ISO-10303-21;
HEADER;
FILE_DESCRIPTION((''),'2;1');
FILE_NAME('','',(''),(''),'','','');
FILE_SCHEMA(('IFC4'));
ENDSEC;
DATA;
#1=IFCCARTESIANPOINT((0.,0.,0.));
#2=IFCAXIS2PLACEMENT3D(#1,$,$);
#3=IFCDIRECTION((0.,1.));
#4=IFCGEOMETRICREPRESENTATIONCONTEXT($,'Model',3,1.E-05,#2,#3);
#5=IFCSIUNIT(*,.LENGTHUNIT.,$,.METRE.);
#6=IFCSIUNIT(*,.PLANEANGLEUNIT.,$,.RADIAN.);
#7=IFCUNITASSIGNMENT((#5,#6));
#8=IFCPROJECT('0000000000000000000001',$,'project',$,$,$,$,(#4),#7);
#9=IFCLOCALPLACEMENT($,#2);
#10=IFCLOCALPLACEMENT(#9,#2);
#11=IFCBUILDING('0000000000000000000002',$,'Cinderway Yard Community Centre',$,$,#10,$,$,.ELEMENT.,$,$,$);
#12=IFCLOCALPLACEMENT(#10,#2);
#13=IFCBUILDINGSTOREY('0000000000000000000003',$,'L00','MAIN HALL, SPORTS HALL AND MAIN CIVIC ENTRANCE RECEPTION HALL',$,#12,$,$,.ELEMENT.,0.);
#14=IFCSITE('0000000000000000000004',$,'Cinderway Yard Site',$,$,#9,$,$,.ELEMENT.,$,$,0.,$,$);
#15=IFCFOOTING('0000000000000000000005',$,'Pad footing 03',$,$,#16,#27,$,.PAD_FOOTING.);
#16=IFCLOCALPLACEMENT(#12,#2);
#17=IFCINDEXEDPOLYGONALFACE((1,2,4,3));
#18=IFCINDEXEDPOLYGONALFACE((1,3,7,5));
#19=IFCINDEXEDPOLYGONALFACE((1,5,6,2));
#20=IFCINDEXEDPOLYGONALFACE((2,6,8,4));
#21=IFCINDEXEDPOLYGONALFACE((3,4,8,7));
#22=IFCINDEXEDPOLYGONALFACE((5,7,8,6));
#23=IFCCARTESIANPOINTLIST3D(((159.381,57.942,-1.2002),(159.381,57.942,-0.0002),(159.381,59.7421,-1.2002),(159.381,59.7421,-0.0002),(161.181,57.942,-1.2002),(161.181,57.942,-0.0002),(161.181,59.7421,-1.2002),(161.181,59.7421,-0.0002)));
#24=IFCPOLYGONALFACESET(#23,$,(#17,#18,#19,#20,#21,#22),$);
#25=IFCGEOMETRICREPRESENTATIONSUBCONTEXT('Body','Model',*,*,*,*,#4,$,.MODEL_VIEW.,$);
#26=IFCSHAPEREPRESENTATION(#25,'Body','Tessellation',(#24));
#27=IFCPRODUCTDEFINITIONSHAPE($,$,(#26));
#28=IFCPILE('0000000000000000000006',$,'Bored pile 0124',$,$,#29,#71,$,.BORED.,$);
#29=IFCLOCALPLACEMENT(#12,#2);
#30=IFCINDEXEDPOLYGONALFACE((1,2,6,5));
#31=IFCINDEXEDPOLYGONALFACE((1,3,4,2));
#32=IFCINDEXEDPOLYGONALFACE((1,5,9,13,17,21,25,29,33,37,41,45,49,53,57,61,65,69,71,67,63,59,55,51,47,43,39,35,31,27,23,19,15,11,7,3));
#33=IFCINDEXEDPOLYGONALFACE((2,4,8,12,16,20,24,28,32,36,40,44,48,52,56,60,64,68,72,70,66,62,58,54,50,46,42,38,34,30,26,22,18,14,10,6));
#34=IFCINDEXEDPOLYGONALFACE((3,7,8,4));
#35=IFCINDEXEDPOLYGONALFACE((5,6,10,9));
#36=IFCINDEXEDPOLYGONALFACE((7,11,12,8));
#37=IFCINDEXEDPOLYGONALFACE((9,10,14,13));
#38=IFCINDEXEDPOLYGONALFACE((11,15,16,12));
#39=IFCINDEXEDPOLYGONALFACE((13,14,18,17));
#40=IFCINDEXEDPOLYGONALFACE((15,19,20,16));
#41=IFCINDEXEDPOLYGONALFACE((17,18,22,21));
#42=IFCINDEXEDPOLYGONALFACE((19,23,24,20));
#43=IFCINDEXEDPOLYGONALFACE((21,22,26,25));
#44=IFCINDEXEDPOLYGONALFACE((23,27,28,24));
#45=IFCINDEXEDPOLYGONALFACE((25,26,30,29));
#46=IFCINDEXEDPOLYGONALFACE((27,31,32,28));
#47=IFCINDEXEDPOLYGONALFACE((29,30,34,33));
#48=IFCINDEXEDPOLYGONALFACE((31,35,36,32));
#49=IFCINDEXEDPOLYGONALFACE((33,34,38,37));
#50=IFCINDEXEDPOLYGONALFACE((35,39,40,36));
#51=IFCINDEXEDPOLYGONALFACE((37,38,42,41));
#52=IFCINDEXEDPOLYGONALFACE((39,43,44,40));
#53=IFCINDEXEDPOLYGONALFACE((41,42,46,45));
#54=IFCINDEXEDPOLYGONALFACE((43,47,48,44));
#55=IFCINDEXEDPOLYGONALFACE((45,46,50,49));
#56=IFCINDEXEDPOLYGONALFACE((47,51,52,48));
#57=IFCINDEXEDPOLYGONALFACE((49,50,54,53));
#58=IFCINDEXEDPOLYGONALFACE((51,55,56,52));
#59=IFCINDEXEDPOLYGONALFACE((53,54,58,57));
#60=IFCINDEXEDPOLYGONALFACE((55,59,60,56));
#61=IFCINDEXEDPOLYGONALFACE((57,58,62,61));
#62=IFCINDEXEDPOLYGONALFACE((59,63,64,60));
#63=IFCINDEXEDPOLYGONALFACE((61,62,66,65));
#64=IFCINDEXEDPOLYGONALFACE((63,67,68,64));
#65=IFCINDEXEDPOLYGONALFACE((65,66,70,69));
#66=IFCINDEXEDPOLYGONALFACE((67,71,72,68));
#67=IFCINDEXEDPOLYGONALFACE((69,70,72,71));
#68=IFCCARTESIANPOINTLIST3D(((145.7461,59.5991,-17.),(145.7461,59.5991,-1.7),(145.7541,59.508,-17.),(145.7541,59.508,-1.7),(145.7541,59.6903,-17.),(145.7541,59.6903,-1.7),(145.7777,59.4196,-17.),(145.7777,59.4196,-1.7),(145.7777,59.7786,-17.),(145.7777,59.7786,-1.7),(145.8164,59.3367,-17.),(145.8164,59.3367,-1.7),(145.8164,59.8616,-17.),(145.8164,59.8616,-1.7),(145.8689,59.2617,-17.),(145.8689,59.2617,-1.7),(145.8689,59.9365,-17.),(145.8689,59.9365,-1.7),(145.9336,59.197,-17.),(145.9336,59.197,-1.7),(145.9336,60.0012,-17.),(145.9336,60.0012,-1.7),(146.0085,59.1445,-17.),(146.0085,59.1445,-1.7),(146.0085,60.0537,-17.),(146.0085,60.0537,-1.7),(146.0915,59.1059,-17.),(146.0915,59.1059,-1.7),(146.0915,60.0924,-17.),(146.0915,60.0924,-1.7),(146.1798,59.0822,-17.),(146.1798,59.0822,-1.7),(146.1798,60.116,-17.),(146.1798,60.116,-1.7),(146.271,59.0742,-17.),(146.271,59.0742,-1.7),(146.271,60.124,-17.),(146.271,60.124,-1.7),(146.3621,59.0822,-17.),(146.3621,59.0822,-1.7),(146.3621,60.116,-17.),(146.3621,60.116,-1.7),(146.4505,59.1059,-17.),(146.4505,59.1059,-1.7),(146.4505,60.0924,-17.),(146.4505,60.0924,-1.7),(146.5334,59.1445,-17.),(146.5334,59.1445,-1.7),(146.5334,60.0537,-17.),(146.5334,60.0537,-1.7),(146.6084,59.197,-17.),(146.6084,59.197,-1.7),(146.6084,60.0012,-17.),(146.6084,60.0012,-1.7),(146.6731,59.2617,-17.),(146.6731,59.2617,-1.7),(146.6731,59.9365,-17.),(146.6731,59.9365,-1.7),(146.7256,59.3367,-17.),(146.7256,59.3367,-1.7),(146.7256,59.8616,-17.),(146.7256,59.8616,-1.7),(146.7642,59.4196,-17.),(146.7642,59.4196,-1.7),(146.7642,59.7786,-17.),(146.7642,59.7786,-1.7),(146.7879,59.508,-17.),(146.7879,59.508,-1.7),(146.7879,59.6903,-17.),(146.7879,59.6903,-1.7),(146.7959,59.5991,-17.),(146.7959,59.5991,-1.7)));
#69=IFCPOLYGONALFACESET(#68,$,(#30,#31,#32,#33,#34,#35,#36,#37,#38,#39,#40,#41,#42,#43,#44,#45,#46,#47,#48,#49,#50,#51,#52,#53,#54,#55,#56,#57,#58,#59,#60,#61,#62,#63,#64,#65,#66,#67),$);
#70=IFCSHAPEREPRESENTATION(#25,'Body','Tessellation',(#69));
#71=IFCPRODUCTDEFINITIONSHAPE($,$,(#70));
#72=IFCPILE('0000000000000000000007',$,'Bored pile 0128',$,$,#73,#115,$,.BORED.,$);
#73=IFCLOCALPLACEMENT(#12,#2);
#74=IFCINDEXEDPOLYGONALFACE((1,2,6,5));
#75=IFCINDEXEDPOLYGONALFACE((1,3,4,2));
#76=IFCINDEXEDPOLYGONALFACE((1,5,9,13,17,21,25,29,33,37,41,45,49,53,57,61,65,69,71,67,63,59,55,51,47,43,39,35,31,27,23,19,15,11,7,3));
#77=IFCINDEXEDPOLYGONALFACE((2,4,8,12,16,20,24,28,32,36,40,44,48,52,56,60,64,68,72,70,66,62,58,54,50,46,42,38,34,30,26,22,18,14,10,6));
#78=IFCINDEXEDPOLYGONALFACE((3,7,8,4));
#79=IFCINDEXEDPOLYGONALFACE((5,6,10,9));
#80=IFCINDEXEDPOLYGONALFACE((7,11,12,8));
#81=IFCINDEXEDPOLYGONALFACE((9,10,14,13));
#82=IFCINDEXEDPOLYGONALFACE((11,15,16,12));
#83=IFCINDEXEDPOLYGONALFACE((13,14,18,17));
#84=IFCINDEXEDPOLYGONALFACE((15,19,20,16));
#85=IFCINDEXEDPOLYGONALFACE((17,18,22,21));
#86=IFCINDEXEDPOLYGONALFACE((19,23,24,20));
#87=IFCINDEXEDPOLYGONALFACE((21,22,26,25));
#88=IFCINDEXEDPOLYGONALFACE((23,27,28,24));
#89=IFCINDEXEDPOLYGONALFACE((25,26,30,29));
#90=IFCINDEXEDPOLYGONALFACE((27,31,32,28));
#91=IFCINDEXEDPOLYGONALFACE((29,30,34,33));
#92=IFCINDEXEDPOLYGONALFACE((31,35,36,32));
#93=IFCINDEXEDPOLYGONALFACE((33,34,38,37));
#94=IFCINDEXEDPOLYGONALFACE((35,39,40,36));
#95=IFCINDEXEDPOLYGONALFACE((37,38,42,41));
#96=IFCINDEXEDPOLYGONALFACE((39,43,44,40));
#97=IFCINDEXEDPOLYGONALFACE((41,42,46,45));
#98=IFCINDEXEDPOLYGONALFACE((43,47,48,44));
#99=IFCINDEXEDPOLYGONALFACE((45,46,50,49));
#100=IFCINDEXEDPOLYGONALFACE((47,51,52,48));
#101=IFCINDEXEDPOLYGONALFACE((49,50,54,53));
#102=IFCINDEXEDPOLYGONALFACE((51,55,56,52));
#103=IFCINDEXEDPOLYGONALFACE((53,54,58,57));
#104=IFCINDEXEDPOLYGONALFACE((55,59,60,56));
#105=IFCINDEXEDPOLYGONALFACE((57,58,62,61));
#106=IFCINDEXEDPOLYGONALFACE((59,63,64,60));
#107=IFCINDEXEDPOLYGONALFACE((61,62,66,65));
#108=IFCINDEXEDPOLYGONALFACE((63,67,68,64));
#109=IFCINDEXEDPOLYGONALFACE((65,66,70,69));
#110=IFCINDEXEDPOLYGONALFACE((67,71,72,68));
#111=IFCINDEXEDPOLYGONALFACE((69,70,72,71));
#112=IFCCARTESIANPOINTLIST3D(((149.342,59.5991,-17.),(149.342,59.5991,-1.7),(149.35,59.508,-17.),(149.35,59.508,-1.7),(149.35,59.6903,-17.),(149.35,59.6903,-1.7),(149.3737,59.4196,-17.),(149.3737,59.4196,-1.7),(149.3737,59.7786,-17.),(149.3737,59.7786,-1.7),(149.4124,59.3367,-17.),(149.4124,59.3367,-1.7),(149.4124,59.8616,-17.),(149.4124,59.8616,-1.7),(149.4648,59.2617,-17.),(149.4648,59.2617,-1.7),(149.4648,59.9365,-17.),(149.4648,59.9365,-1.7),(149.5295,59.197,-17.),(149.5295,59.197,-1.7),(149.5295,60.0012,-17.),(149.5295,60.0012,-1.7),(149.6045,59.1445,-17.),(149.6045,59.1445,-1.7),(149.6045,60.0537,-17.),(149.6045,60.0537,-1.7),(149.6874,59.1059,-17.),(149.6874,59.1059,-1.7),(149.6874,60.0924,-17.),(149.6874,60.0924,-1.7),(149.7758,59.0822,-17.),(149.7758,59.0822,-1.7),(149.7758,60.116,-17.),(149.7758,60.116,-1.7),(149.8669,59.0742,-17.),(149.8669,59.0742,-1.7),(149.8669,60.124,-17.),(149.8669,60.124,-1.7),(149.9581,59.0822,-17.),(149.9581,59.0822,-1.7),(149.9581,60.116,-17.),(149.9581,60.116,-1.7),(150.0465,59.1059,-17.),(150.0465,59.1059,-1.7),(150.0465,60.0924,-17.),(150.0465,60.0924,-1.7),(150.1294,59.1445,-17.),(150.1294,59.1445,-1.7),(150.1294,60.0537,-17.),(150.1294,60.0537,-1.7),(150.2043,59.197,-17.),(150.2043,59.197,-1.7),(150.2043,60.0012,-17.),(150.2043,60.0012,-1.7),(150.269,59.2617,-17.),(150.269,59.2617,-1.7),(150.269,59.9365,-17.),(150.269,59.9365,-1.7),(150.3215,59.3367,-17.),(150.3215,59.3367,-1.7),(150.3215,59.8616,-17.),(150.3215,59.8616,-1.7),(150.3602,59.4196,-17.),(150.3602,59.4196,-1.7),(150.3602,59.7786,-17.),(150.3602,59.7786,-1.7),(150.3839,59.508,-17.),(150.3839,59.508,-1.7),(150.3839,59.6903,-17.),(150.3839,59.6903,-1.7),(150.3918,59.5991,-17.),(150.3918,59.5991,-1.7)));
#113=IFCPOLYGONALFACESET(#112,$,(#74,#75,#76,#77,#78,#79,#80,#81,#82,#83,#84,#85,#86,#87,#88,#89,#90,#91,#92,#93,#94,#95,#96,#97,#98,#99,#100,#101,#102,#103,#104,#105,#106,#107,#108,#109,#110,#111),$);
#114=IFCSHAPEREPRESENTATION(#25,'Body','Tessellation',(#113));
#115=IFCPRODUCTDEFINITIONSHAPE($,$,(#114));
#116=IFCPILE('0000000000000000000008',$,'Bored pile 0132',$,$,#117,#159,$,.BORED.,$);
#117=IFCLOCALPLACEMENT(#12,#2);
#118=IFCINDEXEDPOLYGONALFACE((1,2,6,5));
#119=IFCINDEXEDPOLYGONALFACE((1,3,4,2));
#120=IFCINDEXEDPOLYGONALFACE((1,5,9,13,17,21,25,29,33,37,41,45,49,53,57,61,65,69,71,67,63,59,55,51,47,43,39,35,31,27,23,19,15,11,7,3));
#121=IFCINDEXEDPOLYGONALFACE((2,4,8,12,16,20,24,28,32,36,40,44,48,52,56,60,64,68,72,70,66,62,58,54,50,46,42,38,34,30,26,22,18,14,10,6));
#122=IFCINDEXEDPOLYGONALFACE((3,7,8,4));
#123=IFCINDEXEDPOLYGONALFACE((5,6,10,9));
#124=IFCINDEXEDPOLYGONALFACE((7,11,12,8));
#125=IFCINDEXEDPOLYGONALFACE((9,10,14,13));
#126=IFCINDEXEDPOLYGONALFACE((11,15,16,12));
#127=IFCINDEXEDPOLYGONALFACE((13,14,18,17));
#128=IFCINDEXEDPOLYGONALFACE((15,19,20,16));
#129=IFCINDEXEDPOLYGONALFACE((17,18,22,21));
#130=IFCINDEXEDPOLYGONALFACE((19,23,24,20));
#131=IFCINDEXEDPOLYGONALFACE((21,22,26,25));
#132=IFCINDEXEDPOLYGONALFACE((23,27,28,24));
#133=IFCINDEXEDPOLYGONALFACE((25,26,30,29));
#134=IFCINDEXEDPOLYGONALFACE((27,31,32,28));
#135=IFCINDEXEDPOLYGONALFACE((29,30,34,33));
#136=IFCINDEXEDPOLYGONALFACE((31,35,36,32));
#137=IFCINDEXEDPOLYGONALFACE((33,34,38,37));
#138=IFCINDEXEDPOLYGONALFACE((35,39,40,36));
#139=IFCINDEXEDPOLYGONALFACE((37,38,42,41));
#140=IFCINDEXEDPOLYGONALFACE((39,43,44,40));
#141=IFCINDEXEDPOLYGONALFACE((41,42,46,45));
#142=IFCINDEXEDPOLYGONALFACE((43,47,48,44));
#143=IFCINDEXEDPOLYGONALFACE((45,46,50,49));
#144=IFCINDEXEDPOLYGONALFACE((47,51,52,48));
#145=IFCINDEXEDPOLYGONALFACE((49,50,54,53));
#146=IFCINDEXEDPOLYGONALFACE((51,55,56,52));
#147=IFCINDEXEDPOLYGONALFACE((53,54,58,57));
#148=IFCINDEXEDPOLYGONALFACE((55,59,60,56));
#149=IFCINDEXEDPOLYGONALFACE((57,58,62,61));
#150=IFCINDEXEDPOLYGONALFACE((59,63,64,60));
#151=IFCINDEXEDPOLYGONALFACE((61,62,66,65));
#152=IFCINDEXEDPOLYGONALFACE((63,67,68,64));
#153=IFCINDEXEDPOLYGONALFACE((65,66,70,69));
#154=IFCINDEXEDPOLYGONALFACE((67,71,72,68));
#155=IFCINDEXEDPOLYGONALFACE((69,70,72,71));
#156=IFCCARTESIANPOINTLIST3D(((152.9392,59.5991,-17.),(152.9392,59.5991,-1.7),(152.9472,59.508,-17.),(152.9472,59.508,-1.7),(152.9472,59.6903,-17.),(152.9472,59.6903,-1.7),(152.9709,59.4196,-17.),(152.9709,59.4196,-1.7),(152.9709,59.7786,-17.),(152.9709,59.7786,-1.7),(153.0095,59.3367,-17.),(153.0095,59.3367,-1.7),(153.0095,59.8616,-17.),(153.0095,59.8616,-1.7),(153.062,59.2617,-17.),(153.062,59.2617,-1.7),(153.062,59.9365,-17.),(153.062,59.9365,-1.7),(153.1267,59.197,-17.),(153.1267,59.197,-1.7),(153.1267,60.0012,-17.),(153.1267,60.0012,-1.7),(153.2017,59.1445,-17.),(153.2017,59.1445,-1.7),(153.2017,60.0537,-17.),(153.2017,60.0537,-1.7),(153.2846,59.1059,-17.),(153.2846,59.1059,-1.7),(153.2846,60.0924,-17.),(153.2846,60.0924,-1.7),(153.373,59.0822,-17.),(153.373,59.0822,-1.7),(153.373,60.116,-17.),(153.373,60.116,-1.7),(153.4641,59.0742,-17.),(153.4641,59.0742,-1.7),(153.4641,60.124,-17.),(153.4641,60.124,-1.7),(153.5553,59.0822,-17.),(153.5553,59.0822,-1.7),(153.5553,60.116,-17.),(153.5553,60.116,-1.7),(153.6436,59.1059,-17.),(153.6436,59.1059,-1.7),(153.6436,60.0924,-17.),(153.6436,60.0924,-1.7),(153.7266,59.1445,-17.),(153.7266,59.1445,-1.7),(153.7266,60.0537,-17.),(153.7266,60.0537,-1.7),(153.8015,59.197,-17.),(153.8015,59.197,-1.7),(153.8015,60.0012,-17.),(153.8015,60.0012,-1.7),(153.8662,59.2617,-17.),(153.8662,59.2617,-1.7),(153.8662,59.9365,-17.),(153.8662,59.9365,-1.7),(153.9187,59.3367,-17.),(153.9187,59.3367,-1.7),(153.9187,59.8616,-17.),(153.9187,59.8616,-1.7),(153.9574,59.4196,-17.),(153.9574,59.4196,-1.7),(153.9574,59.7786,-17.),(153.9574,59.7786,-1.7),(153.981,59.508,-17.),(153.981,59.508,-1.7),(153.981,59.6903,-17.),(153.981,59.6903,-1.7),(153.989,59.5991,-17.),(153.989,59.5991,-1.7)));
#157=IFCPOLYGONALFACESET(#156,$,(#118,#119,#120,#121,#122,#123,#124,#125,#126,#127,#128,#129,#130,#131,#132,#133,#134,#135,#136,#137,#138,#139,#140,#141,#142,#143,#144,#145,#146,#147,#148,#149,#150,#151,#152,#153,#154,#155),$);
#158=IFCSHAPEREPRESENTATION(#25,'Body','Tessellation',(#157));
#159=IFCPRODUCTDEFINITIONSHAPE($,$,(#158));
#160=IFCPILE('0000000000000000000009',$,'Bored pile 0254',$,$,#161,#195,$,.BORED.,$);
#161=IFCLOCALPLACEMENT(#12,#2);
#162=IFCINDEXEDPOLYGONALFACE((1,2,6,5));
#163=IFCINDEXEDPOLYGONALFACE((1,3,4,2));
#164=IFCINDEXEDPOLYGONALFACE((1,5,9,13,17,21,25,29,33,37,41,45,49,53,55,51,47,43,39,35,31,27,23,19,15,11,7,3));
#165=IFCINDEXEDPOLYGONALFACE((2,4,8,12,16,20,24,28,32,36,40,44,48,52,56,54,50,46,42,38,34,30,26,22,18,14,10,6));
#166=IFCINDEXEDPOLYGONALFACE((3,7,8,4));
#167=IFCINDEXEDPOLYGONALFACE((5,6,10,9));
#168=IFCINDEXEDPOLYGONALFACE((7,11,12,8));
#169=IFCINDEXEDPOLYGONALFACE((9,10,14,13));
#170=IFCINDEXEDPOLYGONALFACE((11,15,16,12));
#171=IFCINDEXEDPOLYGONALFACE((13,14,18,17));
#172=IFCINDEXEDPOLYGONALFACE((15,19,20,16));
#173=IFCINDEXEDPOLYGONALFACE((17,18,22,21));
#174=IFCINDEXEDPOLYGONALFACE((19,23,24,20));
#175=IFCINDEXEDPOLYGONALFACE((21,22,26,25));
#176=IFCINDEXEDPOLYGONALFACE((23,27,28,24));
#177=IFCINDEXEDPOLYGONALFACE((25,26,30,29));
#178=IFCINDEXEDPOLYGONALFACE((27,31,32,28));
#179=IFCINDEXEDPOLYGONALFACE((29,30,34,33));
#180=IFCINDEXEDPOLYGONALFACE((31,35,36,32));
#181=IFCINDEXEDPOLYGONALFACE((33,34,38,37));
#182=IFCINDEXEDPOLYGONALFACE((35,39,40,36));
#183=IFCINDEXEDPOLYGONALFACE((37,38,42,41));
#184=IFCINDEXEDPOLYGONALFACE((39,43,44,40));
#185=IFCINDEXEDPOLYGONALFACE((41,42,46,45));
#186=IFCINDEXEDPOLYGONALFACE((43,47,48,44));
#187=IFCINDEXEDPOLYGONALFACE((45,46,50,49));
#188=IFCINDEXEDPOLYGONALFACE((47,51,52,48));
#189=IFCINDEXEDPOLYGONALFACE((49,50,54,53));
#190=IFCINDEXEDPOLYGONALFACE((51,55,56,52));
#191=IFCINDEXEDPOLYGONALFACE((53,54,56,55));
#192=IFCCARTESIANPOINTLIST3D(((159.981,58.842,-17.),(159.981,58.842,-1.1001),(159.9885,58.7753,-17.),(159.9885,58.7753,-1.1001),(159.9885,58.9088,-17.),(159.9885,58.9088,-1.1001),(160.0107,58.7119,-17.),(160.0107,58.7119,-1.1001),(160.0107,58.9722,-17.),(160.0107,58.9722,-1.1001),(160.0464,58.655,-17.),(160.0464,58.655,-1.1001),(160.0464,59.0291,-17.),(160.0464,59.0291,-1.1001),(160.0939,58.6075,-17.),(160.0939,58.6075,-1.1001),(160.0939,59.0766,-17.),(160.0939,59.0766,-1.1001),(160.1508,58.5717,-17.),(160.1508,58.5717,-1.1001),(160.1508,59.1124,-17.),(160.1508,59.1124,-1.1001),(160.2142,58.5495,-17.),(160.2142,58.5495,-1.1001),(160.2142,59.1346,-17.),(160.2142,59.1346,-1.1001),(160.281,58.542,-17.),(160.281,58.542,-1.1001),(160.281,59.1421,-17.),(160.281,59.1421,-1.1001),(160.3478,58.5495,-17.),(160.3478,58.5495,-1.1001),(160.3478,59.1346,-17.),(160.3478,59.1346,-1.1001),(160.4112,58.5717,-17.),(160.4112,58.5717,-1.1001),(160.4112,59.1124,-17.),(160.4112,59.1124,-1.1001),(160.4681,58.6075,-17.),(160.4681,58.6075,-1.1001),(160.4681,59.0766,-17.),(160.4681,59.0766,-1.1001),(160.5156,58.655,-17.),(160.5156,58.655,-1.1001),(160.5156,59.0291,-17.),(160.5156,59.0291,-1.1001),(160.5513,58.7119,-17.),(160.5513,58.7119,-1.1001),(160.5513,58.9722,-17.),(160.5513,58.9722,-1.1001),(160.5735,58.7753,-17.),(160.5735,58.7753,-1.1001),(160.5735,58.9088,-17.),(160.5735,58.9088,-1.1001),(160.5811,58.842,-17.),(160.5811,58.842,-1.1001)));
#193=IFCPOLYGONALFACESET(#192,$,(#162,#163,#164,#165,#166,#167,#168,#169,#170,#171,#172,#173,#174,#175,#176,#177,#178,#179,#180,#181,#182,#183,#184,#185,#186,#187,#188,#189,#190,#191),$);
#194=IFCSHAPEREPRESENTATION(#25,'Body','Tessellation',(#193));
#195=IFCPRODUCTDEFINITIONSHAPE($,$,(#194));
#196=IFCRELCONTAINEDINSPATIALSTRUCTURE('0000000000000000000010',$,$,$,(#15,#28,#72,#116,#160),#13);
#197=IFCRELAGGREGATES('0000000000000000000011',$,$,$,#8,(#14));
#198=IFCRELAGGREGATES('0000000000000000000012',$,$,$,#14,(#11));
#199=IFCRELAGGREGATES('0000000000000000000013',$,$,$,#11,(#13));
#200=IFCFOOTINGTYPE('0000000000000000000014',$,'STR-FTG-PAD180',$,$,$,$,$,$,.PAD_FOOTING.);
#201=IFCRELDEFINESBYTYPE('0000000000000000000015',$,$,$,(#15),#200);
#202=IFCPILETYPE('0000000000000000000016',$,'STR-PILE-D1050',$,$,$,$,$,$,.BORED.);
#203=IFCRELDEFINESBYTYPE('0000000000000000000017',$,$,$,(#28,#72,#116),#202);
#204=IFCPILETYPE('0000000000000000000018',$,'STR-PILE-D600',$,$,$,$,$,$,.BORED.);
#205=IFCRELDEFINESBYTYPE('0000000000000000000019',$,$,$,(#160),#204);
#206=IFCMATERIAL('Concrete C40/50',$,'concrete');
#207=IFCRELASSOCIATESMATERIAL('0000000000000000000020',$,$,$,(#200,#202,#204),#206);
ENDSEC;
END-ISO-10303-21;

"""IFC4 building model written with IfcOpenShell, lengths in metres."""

from ifc_helpers import new_model, si_unit, direction, frame, origin, origin_2d, place, context, subcontext, project, spatial, rectangle, circle, extrude, material, material_profile, profile_set, type_object, element, save


model = new_model("IFC4")

# Units and contexts
model_context = context("Model", 3, precision=1e-05, world=origin(), true_north=direction((0.0, 1.0)))
body_context = subcontext(model_context, "Body", "Model", "MODEL_VIEW")
ifc_project = project(units=[si_unit("LENGTHUNIT", "METRE"), si_unit("PLANEANGLEUNIT", "RADIAN")], contexts=[model_context])

# Site, building, storey
site_placement = place(None, origin())
site = spatial("IfcSite", under=ifc_project, at=site_placement, Name="Cinderway Yard Site", CompositionType="ELEMENT", RefElevation=0.0)
building_placement = place(site_placement, origin())
building = spatial("IfcBuilding", under=site, at=building_placement, Name="Cinderway Yard Community Centre", CompositionType="ELEMENT")
storey_placement = place(building_placement, origin())
storey = spatial("IfcBuildingStorey", under=building, at=storey_placement, Name="L00", Description="MAIN HALL, SPORTS HALL AND MAIN CIVIC ENTRANCE RECEPTION HALL", CompositionType="ELEMENT", Elevation=0.0)

# Footing
ifc_material_1 = material(Name="Concrete C40/50", Category="concrete")
footing_type = type_object("IfcFootingType", Name="STR-FTG-PAD180", PredefinedType="PAD_FOOTING", material=ifc_material_1)
footing_placement = place(storey_placement, frame((160.281, 58.842, -1.2002), z_axis=(0.0, 0.0, 1.0), x_axis=(1.0, 0.0, 0.0)))
element("IfcFooting", 1, at=footing_placement, inside=storey, type_object=footing_type, Name="Pad footing 03", PredefinedType="PAD_FOOTING", context=body_context, shape_type="SweptSolid", body=[
    extrude(rectangle(XDim=1.8, YDim=1.8, at=origin_2d()), origin(), (0.0, 0.0, 1.0), 1.2),
])

# Piles
ifc_material_profile_1 = material_profile(ifc_material_1, circle(Radius=0.5249, at=origin_2d()), Name="Concrete C40/50")
ifc_profile_set_1 = profile_set([ifc_material_profile_1], Name="Concrete C40/50")
pile_type_1 = type_object("IfcPileType", Name="STR-PILE-D1050", PredefinedType="BORED", material=ifc_profile_set_1)
for number, where, z_axis, x_axis, name in (
    (2, (146.271, 59.5991, -1.7), (0.0, 0.0, -1.0), (1.0, 0.0, 0.0), "Bored pile 0124"),
    (3, (149.8669, 59.5991, -1.7), (0.0, 0.0, -1.0), (1.0, 0.0, 0.0), "Bored pile 0128"),
    (4, (153.4641, 59.5991, -1.7), (0.0, 0.0, -1.0), (1.0, 0.0, 0.0), "Bored pile 0132"),
):
    element("IfcPile", number, at=place(storey_placement, frame(where, z_axis=z_axis, x_axis=x_axis)), inside=storey, type_object=pile_type_1, Name=name, PredefinedType="BORED", context=body_context, shape_type="SweptSolid", body=[
        extrude(circle(Radius=0.5249, at=origin_2d()), origin(), (0.0, 0.0, 1.0), 15.3),
    ])
ifc_material_profile_2 = material_profile(ifc_material_1, circle(Radius=0.3, at=origin_2d()), Name="Concrete C40/50")
ifc_profile_set_2 = profile_set([ifc_material_profile_2], Name="Concrete C40/50")
pile_type_2 = type_object("IfcPileType", Name="STR-PILE-D600", PredefinedType="BORED", material=ifc_profile_set_2)
pile_placement = place(storey_placement, frame((160.281, 58.842, -1.1001), z_axis=(0.0, 0.0, -1.0), x_axis=(1.0, 0.0, 0.0)))
element("IfcPile", 5, at=pile_placement, inside=storey, type_object=pile_type_2, Name="Bored pile 0254", PredefinedType="BORED", context=body_context, shape_type="SweptSolid", body=[
    extrude(circle(Radius=0.3, at=origin_2d()), origin(), (0.0, 0.0, 1.0), 15.8999),
])

save(model, "model.ifc")
